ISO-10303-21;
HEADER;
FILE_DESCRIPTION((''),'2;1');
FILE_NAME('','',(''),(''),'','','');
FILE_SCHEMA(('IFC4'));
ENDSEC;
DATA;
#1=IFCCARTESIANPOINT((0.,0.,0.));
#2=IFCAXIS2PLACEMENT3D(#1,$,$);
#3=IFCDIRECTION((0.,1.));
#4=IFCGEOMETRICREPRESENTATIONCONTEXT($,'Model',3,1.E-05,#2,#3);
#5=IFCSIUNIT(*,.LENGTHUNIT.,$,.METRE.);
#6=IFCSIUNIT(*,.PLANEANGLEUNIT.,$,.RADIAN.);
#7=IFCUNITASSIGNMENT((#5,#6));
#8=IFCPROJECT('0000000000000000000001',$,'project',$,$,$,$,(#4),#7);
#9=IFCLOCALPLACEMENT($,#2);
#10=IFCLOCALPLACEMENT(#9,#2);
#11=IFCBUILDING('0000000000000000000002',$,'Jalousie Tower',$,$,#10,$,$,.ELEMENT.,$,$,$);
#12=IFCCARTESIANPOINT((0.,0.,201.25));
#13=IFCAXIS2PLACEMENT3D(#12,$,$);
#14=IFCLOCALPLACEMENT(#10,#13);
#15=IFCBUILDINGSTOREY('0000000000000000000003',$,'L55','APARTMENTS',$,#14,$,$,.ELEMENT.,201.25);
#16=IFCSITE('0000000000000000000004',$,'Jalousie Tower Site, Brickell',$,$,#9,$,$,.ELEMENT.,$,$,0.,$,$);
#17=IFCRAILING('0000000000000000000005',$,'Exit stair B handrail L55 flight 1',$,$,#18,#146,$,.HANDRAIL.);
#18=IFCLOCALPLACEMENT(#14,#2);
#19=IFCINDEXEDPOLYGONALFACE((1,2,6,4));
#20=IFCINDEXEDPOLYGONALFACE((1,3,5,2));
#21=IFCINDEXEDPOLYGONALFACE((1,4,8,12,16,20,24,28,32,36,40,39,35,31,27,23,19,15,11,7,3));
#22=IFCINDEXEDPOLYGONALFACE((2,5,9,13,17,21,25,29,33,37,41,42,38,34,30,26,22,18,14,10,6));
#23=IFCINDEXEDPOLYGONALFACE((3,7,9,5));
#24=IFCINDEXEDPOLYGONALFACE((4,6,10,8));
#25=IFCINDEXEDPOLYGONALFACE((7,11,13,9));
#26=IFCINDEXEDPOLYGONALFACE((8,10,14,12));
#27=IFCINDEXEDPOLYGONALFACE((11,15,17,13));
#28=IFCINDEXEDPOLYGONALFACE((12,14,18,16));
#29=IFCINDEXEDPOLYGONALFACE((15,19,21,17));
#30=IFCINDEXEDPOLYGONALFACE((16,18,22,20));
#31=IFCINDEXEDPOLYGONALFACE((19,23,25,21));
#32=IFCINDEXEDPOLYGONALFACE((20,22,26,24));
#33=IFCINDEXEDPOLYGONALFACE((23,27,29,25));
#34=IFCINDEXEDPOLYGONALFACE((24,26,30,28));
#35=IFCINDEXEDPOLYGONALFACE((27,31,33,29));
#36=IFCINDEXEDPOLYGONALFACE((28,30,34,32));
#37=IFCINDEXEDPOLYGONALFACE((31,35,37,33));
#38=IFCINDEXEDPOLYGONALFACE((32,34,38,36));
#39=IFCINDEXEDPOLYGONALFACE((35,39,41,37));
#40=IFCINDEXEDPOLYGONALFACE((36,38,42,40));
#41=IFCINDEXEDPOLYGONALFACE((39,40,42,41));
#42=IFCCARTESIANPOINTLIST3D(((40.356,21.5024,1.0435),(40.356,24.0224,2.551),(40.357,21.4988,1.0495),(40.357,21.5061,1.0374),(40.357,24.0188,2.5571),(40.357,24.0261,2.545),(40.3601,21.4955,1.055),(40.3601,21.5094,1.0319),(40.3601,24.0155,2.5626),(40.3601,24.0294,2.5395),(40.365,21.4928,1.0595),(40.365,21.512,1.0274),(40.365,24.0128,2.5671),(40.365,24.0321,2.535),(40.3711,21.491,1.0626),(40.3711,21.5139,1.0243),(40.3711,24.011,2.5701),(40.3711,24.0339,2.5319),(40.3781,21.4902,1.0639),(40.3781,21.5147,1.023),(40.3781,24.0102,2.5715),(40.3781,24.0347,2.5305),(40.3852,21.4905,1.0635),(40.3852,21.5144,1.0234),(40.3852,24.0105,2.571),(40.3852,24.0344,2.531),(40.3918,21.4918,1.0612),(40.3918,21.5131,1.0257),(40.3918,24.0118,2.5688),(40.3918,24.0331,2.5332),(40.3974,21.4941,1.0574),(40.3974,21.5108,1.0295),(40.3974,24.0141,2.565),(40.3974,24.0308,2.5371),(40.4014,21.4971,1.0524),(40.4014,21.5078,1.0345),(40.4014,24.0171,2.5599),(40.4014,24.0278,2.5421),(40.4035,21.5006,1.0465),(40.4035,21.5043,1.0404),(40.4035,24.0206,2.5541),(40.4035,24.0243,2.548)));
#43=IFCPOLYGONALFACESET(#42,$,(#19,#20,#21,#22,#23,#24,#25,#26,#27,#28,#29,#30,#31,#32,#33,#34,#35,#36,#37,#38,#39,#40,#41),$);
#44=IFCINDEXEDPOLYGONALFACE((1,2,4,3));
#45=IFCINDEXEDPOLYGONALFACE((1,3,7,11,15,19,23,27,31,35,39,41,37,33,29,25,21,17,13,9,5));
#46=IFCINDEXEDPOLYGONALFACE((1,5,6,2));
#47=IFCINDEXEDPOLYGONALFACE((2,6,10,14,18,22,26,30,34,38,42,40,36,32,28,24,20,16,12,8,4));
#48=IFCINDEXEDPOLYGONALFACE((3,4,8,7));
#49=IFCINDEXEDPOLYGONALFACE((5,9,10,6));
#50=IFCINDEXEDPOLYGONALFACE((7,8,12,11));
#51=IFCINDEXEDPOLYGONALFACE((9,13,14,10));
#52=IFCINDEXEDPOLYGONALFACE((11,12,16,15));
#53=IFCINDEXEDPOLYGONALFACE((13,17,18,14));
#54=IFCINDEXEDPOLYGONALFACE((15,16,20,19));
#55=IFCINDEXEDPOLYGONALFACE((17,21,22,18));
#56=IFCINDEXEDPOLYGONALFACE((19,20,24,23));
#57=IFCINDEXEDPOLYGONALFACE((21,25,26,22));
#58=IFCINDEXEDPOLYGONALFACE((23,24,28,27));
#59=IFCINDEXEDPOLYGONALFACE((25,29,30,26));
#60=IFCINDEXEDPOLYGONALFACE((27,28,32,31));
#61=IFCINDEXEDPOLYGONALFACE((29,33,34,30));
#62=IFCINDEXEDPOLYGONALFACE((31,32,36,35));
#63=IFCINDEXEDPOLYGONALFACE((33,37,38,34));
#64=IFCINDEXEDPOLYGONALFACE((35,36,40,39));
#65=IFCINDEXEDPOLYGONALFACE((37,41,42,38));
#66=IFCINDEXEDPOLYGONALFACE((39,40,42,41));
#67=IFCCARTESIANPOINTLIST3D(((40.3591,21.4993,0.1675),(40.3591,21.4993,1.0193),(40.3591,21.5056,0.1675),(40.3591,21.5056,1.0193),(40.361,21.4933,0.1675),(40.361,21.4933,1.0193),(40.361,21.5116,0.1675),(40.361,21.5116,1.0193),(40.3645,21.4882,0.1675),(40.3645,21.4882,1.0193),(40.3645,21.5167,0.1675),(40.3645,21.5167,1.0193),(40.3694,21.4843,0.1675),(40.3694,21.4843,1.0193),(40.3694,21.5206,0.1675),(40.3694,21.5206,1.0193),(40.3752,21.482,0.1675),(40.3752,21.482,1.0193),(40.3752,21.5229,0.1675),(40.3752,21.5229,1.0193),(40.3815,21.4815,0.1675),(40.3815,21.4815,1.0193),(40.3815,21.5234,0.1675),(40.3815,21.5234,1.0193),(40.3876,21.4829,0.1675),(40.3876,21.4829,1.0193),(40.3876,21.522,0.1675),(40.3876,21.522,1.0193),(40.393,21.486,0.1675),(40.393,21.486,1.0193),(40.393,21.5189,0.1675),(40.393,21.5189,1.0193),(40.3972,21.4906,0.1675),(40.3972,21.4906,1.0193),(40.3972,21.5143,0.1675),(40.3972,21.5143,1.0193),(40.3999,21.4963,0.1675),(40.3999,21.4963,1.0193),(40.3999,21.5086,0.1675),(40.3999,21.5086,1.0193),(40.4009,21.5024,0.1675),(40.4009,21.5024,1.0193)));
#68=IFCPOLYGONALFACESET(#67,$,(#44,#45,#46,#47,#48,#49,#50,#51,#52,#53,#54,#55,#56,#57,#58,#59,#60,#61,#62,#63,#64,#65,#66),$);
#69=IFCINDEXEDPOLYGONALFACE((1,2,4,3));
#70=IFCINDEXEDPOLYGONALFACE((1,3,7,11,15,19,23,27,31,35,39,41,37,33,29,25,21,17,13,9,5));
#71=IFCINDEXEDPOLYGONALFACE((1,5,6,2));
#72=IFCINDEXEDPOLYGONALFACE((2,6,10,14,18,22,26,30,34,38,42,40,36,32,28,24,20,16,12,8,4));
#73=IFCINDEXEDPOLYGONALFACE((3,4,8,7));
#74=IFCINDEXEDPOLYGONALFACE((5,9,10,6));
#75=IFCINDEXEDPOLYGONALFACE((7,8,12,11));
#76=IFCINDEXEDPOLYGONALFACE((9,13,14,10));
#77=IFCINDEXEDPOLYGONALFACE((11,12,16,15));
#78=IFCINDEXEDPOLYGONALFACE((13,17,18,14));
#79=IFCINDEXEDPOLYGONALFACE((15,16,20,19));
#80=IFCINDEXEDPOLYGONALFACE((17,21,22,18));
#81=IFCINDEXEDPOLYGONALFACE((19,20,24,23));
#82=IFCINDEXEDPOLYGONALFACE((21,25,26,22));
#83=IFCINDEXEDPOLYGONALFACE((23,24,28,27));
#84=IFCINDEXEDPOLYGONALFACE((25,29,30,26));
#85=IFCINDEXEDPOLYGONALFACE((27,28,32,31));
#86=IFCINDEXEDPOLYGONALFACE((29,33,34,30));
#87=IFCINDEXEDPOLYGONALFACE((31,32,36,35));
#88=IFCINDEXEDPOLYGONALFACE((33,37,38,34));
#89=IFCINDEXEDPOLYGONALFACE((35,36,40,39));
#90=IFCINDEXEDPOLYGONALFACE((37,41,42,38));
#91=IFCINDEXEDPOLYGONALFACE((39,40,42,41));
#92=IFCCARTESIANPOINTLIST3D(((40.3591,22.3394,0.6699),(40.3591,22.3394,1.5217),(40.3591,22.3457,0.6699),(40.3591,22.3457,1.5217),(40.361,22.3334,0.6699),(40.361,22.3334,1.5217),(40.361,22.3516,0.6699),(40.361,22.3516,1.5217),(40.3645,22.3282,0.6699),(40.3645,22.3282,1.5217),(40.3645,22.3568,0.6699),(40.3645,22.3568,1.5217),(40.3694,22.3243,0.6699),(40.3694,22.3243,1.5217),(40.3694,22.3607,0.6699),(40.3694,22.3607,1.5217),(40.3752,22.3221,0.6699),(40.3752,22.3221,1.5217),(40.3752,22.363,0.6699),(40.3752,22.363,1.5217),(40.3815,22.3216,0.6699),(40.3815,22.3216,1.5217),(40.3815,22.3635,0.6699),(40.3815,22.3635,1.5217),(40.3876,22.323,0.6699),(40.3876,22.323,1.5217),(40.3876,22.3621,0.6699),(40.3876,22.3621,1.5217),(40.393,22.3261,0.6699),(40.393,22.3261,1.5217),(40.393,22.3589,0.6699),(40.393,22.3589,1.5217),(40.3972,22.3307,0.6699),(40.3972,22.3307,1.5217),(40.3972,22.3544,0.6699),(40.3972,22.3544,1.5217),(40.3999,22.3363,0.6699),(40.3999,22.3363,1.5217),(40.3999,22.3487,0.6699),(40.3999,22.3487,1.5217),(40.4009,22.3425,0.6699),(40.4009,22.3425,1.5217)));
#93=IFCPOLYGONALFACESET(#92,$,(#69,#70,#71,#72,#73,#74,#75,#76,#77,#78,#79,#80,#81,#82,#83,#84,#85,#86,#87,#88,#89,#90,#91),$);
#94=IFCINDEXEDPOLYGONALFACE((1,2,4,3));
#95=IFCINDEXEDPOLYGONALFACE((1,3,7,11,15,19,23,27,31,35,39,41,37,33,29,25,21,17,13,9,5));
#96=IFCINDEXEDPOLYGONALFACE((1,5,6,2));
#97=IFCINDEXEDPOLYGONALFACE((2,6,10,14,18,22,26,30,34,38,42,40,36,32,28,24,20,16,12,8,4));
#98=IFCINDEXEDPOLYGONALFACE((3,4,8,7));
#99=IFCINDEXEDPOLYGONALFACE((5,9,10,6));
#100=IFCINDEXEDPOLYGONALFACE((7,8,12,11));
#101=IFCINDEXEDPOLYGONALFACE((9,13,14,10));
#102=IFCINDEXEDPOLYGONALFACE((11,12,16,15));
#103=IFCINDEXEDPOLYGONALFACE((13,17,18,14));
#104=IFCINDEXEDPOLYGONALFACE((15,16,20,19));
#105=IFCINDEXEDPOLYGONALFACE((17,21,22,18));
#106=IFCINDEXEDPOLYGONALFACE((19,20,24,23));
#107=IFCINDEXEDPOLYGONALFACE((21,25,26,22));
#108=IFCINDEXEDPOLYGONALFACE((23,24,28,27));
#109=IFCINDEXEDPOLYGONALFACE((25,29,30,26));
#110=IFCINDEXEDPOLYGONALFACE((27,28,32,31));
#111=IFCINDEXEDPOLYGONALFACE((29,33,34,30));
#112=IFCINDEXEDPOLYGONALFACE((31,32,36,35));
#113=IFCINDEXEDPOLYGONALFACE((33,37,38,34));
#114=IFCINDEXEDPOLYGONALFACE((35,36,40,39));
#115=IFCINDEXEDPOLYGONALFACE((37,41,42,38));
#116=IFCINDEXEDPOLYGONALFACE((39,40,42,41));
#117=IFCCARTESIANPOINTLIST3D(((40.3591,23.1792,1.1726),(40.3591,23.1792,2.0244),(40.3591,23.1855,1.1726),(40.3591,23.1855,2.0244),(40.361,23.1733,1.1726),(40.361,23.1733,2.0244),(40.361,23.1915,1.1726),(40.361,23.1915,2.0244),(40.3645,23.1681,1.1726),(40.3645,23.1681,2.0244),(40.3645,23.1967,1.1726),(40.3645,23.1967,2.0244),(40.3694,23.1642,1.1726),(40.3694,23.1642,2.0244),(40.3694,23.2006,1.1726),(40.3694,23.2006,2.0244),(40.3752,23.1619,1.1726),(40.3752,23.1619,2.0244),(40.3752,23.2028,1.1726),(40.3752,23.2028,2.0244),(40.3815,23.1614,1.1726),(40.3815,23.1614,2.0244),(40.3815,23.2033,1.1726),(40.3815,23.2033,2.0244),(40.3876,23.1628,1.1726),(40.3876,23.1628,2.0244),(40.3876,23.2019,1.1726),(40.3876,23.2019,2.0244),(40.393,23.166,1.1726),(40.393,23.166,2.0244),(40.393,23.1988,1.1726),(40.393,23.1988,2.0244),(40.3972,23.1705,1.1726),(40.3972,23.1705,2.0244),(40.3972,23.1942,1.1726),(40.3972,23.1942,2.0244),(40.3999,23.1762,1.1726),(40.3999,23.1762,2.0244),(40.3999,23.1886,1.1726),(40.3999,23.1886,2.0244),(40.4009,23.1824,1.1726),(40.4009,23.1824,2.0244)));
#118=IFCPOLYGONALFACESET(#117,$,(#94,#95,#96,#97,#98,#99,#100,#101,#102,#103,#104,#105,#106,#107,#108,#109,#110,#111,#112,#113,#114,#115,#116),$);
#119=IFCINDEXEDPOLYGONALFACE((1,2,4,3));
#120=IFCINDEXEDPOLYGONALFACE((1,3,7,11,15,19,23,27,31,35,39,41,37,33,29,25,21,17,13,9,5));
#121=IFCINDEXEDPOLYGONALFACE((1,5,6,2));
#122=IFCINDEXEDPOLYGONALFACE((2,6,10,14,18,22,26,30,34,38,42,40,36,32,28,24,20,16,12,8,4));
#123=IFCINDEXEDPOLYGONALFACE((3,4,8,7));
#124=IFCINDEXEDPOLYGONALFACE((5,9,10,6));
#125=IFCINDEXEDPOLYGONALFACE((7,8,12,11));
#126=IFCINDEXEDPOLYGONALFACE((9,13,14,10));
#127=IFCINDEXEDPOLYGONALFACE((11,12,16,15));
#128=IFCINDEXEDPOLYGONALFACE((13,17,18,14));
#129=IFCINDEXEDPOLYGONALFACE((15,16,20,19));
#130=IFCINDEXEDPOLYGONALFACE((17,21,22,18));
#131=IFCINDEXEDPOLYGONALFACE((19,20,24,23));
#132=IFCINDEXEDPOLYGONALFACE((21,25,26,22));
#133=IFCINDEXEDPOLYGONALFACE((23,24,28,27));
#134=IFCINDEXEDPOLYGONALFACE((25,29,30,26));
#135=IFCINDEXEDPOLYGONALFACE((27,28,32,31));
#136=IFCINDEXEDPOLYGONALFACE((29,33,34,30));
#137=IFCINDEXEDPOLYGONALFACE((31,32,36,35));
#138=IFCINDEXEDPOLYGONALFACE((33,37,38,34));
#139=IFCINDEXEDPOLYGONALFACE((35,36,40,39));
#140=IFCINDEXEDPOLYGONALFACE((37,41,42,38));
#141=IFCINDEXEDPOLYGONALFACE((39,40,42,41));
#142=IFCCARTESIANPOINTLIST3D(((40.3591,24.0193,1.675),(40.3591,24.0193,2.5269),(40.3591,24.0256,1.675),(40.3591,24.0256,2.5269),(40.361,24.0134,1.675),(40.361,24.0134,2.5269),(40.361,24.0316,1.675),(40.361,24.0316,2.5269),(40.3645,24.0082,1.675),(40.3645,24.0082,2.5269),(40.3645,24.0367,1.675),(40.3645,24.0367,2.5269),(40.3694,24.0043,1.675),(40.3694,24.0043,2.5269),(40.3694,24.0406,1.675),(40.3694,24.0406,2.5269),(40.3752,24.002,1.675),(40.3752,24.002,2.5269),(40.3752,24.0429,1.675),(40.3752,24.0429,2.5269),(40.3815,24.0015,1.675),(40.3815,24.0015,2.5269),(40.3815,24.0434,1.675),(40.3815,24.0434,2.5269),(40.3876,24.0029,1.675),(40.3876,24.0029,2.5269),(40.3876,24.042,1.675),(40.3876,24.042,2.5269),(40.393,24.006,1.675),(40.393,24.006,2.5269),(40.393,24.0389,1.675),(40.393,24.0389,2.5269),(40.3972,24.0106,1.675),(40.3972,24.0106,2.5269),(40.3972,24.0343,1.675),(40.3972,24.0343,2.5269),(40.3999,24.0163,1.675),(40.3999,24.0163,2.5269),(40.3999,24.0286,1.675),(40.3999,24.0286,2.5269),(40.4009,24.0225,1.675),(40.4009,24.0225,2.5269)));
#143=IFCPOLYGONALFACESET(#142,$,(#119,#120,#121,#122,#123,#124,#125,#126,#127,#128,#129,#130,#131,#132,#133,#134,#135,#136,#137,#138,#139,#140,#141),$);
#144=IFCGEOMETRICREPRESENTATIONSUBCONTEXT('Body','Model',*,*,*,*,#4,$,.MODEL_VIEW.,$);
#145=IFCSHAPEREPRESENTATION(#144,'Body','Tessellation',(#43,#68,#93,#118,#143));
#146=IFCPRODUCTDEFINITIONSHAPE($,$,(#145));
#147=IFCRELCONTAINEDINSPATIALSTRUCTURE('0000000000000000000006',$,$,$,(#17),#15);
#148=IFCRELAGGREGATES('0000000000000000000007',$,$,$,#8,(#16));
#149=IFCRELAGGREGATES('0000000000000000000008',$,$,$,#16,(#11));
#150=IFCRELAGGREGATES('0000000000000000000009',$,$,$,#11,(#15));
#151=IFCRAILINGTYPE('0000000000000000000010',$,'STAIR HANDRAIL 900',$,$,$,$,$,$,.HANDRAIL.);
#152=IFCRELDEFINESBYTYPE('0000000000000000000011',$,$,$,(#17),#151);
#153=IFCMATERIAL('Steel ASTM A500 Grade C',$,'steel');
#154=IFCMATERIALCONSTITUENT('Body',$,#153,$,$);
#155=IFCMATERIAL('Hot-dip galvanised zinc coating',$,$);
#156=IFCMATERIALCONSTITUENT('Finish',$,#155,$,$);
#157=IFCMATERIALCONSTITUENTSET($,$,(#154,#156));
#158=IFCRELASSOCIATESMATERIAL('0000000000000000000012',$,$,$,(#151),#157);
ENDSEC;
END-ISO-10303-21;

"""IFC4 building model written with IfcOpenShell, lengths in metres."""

from ifc_helpers import new_model, si_unit, direction, frame, origin, origin_2d, place, context, subcontext, project, spatial, circle, extrude, material, constituent, constituent_set, type_object, element, save


model = new_model("IFC4")

# Units and contexts
model_context = context("Model", 3, precision=1e-05, world=origin(), true_north=direction((0.0, 1.0)))
body_context = subcontext(model_context, "Body", "Model", "MODEL_VIEW")
ifc_project = project(units=[si_unit("LENGTHUNIT", "METRE"), si_unit("PLANEANGLEUNIT", "RADIAN")], contexts=[model_context])

# Site, building, storey
site_placement = place(None, origin())
site = spatial("IfcSite", under=ifc_project, at=site_placement, Name="Jalousie Tower Site, Brickell", CompositionType="ELEMENT", RefElevation=0.0)
building_placement = place(site_placement, origin())
building = spatial("IfcBuilding", under=site, at=building_placement, Name="Jalousie Tower", CompositionType="ELEMENT")
storey_placement = place(building_placement, frame((0.0, 0.0, 201.25)))
storey = spatial("IfcBuildingStorey", under=building, at=storey_placement, Name="L55", Description="APARTMENTS", CompositionType="ELEMENT", Elevation=201.25)

# Railing
ifc_material_1 = material(Name="Steel ASTM A500 Grade C", Category="steel")
ifc_constituent_1 = constituent(ifc_material_1, Name="Body")
ifc_material_2 = material(Name="Hot-dip galvanised zinc coating")
ifc_constituent_2 = constituent(ifc_material_2, Name="Finish")
ifc_constituent_set_1 = constituent_set(constituents=[ifc_constituent_1, ifc_constituent_2])
railing_type_1 = type_object("IfcRailingType", Name="STAIR HANDRAIL 900", PredefinedType="HANDRAIL", material=ifc_constituent_set_1)
railing_1_placement = place(storey_placement, frame((40.3799, 21.5024, 0.1675)))
element("IfcRailing", 1, at=railing_1_placement, inside=storey, type_object=railing_type_1, Name="Exit stair B handrail L55 flight 1", PredefinedType="HANDRAIL", context=body_context, shape_type="SweptSolid", body=[
    extrude(circle(Radius=0.0239, at=origin_2d()), frame((0.0, 0.0, 0.876), z_axis=(0.0, 0.85816, 0.513383), x_axis=(-1.0, 0.0, 0.0)), (0.0, 0.0, 1.0), 2.9365),
    extrude(circle(Radius=0.021, at=origin_2d()), origin(), (0.0, 0.0, 1.0), 0.8518),
    extrude(circle(Radius=0.021, at=origin_2d()), frame((0.0, 0.8401, 0.5024)), (0.0, 0.0, 1.0), 0.8518),
    extrude(circle(Radius=0.021, at=origin_2d()), frame((0.0, 1.6799, 1.0051)), (0.0, 0.0, 1.0), 0.8518),
    extrude(circle(Radius=0.021, at=origin_2d()), frame((0.0, 2.52, 1.5076)), (0.0, 0.0, 1.0), 0.8518),
])

save(model, "model.ifc")
